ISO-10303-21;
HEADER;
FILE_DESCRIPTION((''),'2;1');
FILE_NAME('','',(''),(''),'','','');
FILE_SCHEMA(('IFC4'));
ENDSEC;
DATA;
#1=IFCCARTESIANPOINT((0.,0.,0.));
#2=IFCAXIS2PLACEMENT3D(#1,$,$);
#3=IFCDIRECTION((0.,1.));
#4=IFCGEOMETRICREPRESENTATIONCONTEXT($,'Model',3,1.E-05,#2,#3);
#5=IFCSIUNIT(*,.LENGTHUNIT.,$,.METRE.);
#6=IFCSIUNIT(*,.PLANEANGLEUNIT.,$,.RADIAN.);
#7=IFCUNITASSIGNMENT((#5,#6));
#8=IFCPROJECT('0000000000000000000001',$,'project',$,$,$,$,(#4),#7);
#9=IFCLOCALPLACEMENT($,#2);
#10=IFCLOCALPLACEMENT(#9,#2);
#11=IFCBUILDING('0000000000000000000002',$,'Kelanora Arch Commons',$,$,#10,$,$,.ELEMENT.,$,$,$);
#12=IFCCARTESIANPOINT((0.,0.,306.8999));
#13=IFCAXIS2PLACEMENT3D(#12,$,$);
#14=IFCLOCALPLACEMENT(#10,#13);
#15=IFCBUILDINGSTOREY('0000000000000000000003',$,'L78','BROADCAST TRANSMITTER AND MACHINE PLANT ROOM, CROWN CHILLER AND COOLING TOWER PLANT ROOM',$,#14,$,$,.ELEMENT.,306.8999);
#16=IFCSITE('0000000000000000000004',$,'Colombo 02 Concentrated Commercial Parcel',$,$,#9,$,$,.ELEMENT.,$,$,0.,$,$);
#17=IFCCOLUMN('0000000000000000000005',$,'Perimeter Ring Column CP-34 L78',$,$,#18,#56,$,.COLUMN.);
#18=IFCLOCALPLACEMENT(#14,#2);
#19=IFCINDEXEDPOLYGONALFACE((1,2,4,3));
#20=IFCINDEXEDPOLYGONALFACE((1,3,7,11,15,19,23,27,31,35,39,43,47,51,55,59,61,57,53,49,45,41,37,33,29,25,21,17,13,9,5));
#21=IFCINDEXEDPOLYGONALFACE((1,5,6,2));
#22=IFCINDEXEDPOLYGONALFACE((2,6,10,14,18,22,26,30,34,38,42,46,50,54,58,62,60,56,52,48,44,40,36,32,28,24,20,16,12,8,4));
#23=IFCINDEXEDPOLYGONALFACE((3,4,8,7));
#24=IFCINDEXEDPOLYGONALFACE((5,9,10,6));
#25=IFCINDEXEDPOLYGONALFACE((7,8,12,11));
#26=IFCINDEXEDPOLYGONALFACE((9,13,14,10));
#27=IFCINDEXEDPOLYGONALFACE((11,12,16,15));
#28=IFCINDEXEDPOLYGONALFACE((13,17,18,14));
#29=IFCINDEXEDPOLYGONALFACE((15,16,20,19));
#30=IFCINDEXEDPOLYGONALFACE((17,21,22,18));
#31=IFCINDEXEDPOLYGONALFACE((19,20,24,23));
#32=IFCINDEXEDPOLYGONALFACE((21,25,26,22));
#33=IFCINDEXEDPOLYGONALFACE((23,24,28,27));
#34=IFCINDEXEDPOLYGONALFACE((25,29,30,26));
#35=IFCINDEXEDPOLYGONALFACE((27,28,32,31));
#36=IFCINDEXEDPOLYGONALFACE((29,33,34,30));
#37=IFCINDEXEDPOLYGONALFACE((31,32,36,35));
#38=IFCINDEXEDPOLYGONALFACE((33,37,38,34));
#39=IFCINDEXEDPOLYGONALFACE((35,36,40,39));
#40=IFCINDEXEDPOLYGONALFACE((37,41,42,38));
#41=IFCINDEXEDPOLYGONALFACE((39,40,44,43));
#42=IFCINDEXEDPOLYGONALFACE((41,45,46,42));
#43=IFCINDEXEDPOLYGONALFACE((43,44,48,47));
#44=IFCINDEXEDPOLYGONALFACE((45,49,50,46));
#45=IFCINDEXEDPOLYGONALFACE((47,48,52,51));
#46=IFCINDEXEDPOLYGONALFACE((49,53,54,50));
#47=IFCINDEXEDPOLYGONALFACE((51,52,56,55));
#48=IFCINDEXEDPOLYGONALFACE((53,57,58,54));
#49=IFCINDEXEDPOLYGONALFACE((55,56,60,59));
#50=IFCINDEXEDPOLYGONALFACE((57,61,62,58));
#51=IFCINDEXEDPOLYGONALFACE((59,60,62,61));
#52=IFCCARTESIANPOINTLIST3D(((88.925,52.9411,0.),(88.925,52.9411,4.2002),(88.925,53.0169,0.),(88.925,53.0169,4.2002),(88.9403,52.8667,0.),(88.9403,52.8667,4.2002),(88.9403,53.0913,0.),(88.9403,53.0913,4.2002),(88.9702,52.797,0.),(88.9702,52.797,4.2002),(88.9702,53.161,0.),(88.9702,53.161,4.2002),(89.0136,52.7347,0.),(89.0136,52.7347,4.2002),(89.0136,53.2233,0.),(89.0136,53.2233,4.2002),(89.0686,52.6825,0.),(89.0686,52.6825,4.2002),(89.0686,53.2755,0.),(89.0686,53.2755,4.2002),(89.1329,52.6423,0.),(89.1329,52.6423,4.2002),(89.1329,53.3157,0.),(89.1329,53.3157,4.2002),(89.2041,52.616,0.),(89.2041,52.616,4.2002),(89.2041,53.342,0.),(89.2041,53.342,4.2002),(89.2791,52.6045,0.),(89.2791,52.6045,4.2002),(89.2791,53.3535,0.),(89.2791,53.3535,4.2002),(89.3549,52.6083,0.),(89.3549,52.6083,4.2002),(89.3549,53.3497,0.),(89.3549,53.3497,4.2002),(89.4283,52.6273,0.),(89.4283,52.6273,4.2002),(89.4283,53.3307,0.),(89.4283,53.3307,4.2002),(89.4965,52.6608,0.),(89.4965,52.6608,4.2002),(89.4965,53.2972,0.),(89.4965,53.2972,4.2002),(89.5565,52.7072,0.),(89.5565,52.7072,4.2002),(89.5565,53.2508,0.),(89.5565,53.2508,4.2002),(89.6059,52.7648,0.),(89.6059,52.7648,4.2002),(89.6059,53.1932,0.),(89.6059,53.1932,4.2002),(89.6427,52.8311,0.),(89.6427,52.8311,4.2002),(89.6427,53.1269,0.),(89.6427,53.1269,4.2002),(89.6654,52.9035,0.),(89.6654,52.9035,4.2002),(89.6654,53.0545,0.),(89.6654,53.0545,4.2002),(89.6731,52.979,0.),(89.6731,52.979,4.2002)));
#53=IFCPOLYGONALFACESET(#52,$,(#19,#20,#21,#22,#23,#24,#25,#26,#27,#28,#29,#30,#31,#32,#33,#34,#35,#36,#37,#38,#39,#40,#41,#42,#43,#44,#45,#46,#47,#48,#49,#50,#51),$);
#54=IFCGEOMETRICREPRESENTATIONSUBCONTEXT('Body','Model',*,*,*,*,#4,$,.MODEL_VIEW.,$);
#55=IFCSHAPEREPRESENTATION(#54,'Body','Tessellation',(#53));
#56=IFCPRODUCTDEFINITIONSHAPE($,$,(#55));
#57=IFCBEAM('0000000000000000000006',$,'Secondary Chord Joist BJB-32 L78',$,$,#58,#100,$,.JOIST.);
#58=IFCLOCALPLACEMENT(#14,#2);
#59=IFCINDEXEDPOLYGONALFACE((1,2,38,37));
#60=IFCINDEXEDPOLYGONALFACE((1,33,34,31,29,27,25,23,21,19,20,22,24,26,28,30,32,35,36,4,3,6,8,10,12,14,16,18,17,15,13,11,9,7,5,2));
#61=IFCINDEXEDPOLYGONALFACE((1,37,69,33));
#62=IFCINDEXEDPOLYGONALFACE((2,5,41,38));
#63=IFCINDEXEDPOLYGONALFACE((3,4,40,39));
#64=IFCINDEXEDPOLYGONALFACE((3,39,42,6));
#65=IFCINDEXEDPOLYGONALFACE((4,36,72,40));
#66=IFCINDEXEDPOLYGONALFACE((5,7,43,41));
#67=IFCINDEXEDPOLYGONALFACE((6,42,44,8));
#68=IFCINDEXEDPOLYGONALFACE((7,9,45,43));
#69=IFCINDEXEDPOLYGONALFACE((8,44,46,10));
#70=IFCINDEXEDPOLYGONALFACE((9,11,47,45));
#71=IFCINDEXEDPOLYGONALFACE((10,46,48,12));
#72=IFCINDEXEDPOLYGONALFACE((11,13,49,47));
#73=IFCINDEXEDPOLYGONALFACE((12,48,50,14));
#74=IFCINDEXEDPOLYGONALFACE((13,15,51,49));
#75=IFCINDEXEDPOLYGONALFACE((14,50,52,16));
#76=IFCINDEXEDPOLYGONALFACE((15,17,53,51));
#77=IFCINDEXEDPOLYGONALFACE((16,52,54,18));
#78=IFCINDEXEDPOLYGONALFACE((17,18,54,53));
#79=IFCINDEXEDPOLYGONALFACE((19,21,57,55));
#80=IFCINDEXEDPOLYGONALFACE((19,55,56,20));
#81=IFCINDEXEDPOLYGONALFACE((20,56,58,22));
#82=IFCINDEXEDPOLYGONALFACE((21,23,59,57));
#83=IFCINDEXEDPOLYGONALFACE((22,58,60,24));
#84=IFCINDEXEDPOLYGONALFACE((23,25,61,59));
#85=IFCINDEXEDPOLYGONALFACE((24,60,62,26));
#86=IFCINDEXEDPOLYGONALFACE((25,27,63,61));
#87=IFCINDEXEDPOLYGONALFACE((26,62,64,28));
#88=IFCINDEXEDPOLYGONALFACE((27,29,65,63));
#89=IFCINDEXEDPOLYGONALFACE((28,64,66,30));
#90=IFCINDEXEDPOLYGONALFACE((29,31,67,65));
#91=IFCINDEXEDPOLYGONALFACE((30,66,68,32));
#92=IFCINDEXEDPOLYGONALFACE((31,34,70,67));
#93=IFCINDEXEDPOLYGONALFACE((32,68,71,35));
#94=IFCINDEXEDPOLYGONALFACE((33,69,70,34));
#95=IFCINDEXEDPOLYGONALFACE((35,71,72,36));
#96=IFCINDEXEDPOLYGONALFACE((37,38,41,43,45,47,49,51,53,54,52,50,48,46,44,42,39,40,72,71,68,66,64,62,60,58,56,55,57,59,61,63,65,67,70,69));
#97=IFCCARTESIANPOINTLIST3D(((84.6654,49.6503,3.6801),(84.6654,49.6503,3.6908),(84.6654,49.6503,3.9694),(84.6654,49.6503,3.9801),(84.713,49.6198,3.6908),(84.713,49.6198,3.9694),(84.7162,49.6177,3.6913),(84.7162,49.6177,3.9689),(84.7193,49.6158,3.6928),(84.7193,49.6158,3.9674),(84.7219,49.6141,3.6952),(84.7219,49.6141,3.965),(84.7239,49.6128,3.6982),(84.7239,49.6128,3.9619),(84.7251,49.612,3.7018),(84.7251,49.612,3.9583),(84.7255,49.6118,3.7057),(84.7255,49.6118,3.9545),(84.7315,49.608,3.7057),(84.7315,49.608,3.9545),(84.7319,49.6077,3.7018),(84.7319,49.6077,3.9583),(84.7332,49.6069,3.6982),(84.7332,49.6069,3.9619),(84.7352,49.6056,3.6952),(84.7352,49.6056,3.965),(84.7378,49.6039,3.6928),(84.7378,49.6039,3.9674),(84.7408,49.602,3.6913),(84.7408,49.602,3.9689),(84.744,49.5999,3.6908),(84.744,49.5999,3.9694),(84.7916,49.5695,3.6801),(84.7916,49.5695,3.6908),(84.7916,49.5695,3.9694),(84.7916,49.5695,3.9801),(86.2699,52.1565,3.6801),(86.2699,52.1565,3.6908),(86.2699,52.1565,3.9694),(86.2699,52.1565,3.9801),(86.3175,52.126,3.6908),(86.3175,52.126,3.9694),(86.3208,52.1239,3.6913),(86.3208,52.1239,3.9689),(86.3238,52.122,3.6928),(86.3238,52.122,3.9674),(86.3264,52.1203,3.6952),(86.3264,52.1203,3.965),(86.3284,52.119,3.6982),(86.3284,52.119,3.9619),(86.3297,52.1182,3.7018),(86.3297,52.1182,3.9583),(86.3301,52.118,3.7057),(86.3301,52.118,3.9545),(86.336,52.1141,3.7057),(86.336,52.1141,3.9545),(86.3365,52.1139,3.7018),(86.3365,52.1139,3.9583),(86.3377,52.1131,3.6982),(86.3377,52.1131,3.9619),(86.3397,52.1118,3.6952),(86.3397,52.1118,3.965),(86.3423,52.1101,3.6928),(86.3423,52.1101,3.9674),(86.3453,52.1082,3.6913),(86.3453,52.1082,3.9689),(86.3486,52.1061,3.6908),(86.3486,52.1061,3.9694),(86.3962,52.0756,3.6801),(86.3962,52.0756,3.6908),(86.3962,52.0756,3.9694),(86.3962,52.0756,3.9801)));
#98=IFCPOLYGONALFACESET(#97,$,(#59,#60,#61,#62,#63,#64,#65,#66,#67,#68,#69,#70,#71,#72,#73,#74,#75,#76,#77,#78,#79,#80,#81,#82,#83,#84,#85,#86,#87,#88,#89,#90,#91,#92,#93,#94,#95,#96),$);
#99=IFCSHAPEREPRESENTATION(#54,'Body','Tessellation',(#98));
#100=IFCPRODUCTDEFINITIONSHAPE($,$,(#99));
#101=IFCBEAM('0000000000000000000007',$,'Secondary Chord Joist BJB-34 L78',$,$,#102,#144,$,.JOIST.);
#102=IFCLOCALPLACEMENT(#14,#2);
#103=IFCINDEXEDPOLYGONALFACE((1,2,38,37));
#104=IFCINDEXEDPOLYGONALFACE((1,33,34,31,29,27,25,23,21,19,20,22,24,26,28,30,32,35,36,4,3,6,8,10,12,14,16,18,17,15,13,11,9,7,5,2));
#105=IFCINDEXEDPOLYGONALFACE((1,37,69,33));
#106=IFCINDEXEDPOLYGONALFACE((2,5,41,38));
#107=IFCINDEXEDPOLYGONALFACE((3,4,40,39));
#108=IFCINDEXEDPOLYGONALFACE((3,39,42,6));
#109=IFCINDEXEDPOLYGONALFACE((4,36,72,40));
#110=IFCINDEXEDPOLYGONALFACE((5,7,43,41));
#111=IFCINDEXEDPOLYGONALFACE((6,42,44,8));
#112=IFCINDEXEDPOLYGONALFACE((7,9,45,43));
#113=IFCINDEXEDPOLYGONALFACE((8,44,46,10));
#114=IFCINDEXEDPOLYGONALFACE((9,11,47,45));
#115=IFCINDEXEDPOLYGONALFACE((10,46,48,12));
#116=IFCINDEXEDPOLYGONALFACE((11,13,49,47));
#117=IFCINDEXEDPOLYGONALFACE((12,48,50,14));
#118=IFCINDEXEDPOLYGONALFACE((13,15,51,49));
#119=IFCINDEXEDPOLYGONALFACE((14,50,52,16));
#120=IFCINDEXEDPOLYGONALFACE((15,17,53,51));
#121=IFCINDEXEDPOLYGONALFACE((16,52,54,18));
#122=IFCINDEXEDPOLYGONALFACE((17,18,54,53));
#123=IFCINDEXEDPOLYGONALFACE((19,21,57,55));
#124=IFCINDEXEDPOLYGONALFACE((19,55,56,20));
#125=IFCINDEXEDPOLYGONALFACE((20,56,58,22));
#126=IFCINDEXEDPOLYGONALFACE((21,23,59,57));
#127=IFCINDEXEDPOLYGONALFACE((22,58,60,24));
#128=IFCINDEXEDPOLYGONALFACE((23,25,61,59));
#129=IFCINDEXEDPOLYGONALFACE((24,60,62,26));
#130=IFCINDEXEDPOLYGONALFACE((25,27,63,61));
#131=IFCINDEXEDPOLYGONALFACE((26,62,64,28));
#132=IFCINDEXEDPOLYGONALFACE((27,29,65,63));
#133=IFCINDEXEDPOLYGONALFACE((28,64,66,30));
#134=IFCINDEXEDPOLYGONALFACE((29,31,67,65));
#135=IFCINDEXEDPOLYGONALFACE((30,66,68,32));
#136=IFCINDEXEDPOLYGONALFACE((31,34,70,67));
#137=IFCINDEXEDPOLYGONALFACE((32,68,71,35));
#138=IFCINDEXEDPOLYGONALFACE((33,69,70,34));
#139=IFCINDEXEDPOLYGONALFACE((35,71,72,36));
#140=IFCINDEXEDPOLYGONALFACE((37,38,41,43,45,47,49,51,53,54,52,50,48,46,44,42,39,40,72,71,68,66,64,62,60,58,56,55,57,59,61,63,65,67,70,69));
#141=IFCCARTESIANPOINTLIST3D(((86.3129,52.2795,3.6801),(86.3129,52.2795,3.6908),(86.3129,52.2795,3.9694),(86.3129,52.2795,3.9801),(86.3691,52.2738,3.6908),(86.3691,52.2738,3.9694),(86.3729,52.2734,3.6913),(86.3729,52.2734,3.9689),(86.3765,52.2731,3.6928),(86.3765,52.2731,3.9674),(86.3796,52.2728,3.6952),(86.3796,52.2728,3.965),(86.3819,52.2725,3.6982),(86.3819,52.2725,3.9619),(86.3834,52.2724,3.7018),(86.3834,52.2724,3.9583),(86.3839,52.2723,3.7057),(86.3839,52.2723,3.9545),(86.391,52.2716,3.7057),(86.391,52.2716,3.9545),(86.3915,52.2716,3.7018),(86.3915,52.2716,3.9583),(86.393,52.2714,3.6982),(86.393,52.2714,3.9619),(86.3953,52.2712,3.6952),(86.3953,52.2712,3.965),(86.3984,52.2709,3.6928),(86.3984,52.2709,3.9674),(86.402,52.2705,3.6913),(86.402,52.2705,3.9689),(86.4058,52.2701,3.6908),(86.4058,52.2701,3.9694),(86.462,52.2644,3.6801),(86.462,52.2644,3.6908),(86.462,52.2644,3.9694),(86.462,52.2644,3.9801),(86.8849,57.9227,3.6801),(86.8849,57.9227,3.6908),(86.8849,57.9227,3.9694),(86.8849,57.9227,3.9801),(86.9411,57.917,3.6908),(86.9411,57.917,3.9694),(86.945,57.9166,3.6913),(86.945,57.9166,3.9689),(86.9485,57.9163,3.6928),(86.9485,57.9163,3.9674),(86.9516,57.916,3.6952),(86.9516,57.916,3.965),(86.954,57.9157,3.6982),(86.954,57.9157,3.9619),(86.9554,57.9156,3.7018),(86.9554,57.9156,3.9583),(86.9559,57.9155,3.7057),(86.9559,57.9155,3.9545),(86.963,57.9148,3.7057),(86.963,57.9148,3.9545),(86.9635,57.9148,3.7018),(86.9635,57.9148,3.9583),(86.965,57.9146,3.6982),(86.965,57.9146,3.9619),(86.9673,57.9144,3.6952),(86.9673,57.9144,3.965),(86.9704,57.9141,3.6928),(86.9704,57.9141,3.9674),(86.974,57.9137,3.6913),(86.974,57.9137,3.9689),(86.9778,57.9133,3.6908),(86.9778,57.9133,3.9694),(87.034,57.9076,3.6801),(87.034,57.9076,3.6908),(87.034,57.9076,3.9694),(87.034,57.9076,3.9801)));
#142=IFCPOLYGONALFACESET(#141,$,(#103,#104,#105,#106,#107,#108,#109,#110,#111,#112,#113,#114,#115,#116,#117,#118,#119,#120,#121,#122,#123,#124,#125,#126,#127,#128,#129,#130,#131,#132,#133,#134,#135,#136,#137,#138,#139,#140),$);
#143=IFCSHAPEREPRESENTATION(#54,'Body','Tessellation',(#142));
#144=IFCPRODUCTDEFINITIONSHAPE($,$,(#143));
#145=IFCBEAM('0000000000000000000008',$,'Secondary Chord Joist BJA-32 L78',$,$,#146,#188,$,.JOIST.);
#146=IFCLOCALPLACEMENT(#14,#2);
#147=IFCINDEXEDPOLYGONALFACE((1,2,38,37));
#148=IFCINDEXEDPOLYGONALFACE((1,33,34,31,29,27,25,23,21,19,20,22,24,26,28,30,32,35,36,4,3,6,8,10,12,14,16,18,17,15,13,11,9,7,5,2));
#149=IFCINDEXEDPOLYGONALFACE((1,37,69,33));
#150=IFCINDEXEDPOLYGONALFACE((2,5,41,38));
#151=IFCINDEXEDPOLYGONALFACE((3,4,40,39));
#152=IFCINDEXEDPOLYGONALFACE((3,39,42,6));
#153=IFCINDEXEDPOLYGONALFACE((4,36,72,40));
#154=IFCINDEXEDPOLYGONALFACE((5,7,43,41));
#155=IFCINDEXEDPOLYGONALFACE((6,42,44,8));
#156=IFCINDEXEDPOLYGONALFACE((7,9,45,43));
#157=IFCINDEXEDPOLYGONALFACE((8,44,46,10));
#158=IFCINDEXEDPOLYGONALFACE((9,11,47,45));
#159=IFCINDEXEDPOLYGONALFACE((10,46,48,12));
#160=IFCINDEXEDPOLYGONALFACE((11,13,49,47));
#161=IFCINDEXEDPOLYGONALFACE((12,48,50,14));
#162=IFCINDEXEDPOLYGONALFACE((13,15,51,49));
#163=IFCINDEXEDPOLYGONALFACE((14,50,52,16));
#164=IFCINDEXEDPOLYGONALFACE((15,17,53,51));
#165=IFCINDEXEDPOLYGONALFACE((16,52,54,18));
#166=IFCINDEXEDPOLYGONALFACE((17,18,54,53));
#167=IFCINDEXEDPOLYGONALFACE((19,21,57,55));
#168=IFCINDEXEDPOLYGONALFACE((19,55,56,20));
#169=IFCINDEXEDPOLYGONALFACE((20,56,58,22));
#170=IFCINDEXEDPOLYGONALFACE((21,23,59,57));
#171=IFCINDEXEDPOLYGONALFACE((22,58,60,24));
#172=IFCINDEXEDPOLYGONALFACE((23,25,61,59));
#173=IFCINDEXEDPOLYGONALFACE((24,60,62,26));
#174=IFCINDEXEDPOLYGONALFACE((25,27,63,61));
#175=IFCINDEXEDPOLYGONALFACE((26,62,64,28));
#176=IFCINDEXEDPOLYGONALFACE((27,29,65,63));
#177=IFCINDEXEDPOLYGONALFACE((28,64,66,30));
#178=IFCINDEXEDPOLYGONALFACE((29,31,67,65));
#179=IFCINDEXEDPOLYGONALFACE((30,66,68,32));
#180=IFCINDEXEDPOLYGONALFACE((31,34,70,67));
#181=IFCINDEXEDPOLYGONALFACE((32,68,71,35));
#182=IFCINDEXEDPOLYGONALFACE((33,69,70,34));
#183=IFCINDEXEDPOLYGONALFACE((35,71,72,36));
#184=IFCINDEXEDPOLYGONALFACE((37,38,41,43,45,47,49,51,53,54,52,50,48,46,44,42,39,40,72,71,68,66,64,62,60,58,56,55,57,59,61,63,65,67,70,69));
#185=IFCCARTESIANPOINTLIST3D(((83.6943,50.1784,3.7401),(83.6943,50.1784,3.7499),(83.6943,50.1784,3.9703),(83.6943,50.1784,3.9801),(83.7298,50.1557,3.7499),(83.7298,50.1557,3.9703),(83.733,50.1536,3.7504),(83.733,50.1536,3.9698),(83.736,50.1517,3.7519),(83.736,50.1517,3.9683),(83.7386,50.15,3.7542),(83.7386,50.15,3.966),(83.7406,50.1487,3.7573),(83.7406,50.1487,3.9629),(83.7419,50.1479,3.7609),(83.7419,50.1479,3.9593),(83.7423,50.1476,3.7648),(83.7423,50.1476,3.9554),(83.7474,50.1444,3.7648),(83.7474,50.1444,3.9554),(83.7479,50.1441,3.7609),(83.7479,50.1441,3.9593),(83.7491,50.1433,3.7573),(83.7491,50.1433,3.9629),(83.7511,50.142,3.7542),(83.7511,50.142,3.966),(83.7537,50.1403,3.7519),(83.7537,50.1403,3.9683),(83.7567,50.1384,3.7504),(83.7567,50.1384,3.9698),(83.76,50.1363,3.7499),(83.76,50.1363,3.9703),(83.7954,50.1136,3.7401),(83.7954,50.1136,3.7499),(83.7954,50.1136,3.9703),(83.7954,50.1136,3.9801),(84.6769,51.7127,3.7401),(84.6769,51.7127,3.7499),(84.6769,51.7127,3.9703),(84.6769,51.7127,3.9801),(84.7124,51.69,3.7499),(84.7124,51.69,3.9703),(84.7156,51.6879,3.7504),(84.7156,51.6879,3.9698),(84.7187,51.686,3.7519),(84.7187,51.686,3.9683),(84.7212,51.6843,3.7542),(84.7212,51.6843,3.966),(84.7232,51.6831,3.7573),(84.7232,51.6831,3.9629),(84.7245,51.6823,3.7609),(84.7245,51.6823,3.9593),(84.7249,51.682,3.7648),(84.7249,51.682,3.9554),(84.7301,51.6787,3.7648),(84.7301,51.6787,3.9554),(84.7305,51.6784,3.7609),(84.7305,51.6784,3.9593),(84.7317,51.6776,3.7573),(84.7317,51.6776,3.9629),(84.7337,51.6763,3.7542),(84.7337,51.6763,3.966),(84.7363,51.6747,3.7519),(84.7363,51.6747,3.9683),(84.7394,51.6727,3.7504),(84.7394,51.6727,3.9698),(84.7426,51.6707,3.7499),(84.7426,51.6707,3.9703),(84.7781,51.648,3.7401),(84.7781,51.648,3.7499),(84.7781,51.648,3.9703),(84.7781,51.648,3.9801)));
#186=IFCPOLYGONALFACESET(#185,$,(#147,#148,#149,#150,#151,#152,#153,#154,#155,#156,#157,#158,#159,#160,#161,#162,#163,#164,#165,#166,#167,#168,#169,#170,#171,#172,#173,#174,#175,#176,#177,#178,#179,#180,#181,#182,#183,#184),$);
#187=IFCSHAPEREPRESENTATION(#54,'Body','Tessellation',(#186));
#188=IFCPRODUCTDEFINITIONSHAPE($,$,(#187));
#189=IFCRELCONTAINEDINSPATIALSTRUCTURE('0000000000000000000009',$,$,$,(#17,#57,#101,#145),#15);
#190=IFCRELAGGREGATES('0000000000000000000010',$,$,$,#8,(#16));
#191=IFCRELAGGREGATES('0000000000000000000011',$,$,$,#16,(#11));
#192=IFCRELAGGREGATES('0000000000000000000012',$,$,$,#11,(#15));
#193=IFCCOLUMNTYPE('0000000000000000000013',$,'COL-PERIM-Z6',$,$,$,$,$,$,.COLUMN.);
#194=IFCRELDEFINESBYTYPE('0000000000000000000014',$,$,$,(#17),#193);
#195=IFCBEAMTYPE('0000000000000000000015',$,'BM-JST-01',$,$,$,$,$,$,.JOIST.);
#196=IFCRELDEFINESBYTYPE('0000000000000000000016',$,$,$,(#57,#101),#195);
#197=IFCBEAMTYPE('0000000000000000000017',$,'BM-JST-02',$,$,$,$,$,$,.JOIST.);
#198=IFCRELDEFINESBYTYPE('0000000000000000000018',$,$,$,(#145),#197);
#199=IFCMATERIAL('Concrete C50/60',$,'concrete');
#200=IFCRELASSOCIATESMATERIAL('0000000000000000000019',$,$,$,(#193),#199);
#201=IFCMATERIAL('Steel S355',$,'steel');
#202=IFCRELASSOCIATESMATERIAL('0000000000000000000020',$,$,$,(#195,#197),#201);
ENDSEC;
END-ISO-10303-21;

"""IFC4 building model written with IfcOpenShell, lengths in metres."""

from ifc_helpers import new_model, si_unit, direction, frame, origin, origin_2d, place, context, subcontext, project, spatial, circle, i_section, extrude, material, material_profile, profile_set, type_object, element, save


model = new_model("IFC4")

# Units and contexts
model_context = context("Model", 3, precision=1e-05, world=origin(), true_north=direction((0.0, 1.0)))
body_context = subcontext(model_context, "Body", "Model", "MODEL_VIEW")
ifc_project = project(units=[si_unit("LENGTHUNIT", "METRE"), si_unit("PLANEANGLEUNIT", "RADIAN")], contexts=[model_context])

# Site, building, storey
site_placement = place(None, origin())
site = spatial("IfcSite", under=ifc_project, at=site_placement, Name="Colombo 02 Concentrated Commercial Parcel", CompositionType="ELEMENT", RefElevation=0.0)
building_placement = place(site_placement, origin())
building = spatial("IfcBuilding", under=site, at=building_placement, Name="Kelanora Arch Commons", CompositionType="ELEMENT")
storey_placement = place(building_placement, frame((0.0, 0.0, 306.8999)))
storey = spatial("IfcBuildingStorey", under=building, at=storey_placement, Name="L78", Description="BROADCAST TRANSMITTER AND MACHINE PLANT ROOM, CROWN CHILLER AND COOLING TOWER PLANT ROOM", CompositionType="ELEMENT", Elevation=306.8999)

# Column
ifc_material_1 = material(Name="Concrete C50/60", Category="concrete")
ifc_material_profile_1 = material_profile(ifc_material_1, circle(Radius=0.375, at=origin_2d()), Name="RCC750")
ifc_profile_set_1 = profile_set([ifc_material_profile_1], Name="Concrete C50/60")
column_type = type_object("IfcColumnType", Name="COL-PERIM-Z6", PredefinedType="COLUMN", material=ifc_profile_set_1)
column_placement = place(storey_placement, frame((89.2981, 52.979, 0.0), z_axis=(0.0, 0.0, 1.0), x_axis=(1.0, 0.0, 0.0)))
element("IfcColumn", 1, at=column_placement, inside=storey, type_object=column_type, Name="Perimeter Ring Column CP-34 L78", PredefinedType="COLUMN", context=body_context, shape_type="SweptSolid", body=[
    extrude(circle(Radius=0.375, at=origin_2d()), origin(), (0.0, 0.0, 1.0), 4.2002),
])

# Beams
ifc_material_2 = material(Name="Steel S355", Category="steel")
ifc_material_profile_2 = material_profile(ifc_material_2, i_section(OverallWidth=0.1499, OverallDepth=0.3, WebThickness=0.0071, FlangeThickness=0.0107, FilletRadius=0.0149, at=origin_2d()), Name="IPE300")
ifc_profile_set_2 = profile_set([ifc_material_profile_2], Name="Steel S355")
beam_type_1 = type_object("IfcBeamType", Name="BM-JST-01", PredefinedType="JOIST", material=ifc_profile_set_2)
beam_1_placement = place(storey_placement, frame((84.7285, 49.6099, 3.8301), z_axis=(0.539193, 0.842182, 0.0), x_axis=(-0.842182, 0.539193, 0.0)))
element("IfcBeam", 2, at=beam_1_placement, inside=storey, type_object=beam_type_1, Name="Secondary Chord Joist BJB-32 L78", PredefinedType="JOIST", context=body_context, shape_type="SweptSolid", body=[
    extrude(i_section(OverallWidth=0.1499, OverallDepth=0.3, WebThickness=0.0071, FlangeThickness=0.0107, FilletRadius=0.0149, at=origin_2d()), origin(), (0.0, 0.0, 1.0), 2.9758),
])
beam_2_placement = place(storey_placement, frame((86.3875, 52.272, 3.8301), z_axis=(0.100846, 0.994902, 0.0), x_axis=(-0.994902, 0.100846, 0.0)))
element("IfcBeam", 3, at=beam_2_placement, inside=storey, type_object=beam_type_1, Name="Secondary Chord Joist BJB-34 L78", PredefinedType="JOIST", context=body_context, shape_type="SweptSolid", body=[
    extrude(i_section(OverallWidth=0.1499, OverallDepth=0.3, WebThickness=0.0071, FlangeThickness=0.0107, FilletRadius=0.0149, at=origin_2d()), origin(), (0.0, 0.0, 1.0), 5.6721),
])
ifc_material_profile_3 = material_profile(ifc_material_2, i_section(OverallWidth=0.1201, OverallDepth=0.24, WebThickness=0.0061, FlangeThickness=0.0098, FilletRadius=0.0149, at=origin_2d()), Name="IPE240")
ifc_profile_set_3 = profile_set([ifc_material_profile_3], Name="Steel S355")
beam_type_2 = type_object("IfcBeamType", Name="BM-JST-02", PredefinedType="JOIST", material=ifc_profile_set_3)
beam_3_placement = place(storey_placement, frame((83.7449, 50.146, 3.8601), z_axis=(0.539301, 0.842113, 0.0), x_axis=(-0.842113, 0.539301, 0.0)))
element("IfcBeam", 4, at=beam_3_placement, inside=storey, type_object=beam_type_2, Name="Secondary Chord Joist BJA-32 L78", PredefinedType="JOIST", context=body_context, shape_type="SweptSolid", body=[
    extrude(i_section(OverallWidth=0.1201, OverallDepth=0.24, WebThickness=0.0061, FlangeThickness=0.0098, FilletRadius=0.0149, at=origin_2d()), origin(), (0.0, 0.0, 1.0), 1.822),
])

save(model, "model.ifc")
